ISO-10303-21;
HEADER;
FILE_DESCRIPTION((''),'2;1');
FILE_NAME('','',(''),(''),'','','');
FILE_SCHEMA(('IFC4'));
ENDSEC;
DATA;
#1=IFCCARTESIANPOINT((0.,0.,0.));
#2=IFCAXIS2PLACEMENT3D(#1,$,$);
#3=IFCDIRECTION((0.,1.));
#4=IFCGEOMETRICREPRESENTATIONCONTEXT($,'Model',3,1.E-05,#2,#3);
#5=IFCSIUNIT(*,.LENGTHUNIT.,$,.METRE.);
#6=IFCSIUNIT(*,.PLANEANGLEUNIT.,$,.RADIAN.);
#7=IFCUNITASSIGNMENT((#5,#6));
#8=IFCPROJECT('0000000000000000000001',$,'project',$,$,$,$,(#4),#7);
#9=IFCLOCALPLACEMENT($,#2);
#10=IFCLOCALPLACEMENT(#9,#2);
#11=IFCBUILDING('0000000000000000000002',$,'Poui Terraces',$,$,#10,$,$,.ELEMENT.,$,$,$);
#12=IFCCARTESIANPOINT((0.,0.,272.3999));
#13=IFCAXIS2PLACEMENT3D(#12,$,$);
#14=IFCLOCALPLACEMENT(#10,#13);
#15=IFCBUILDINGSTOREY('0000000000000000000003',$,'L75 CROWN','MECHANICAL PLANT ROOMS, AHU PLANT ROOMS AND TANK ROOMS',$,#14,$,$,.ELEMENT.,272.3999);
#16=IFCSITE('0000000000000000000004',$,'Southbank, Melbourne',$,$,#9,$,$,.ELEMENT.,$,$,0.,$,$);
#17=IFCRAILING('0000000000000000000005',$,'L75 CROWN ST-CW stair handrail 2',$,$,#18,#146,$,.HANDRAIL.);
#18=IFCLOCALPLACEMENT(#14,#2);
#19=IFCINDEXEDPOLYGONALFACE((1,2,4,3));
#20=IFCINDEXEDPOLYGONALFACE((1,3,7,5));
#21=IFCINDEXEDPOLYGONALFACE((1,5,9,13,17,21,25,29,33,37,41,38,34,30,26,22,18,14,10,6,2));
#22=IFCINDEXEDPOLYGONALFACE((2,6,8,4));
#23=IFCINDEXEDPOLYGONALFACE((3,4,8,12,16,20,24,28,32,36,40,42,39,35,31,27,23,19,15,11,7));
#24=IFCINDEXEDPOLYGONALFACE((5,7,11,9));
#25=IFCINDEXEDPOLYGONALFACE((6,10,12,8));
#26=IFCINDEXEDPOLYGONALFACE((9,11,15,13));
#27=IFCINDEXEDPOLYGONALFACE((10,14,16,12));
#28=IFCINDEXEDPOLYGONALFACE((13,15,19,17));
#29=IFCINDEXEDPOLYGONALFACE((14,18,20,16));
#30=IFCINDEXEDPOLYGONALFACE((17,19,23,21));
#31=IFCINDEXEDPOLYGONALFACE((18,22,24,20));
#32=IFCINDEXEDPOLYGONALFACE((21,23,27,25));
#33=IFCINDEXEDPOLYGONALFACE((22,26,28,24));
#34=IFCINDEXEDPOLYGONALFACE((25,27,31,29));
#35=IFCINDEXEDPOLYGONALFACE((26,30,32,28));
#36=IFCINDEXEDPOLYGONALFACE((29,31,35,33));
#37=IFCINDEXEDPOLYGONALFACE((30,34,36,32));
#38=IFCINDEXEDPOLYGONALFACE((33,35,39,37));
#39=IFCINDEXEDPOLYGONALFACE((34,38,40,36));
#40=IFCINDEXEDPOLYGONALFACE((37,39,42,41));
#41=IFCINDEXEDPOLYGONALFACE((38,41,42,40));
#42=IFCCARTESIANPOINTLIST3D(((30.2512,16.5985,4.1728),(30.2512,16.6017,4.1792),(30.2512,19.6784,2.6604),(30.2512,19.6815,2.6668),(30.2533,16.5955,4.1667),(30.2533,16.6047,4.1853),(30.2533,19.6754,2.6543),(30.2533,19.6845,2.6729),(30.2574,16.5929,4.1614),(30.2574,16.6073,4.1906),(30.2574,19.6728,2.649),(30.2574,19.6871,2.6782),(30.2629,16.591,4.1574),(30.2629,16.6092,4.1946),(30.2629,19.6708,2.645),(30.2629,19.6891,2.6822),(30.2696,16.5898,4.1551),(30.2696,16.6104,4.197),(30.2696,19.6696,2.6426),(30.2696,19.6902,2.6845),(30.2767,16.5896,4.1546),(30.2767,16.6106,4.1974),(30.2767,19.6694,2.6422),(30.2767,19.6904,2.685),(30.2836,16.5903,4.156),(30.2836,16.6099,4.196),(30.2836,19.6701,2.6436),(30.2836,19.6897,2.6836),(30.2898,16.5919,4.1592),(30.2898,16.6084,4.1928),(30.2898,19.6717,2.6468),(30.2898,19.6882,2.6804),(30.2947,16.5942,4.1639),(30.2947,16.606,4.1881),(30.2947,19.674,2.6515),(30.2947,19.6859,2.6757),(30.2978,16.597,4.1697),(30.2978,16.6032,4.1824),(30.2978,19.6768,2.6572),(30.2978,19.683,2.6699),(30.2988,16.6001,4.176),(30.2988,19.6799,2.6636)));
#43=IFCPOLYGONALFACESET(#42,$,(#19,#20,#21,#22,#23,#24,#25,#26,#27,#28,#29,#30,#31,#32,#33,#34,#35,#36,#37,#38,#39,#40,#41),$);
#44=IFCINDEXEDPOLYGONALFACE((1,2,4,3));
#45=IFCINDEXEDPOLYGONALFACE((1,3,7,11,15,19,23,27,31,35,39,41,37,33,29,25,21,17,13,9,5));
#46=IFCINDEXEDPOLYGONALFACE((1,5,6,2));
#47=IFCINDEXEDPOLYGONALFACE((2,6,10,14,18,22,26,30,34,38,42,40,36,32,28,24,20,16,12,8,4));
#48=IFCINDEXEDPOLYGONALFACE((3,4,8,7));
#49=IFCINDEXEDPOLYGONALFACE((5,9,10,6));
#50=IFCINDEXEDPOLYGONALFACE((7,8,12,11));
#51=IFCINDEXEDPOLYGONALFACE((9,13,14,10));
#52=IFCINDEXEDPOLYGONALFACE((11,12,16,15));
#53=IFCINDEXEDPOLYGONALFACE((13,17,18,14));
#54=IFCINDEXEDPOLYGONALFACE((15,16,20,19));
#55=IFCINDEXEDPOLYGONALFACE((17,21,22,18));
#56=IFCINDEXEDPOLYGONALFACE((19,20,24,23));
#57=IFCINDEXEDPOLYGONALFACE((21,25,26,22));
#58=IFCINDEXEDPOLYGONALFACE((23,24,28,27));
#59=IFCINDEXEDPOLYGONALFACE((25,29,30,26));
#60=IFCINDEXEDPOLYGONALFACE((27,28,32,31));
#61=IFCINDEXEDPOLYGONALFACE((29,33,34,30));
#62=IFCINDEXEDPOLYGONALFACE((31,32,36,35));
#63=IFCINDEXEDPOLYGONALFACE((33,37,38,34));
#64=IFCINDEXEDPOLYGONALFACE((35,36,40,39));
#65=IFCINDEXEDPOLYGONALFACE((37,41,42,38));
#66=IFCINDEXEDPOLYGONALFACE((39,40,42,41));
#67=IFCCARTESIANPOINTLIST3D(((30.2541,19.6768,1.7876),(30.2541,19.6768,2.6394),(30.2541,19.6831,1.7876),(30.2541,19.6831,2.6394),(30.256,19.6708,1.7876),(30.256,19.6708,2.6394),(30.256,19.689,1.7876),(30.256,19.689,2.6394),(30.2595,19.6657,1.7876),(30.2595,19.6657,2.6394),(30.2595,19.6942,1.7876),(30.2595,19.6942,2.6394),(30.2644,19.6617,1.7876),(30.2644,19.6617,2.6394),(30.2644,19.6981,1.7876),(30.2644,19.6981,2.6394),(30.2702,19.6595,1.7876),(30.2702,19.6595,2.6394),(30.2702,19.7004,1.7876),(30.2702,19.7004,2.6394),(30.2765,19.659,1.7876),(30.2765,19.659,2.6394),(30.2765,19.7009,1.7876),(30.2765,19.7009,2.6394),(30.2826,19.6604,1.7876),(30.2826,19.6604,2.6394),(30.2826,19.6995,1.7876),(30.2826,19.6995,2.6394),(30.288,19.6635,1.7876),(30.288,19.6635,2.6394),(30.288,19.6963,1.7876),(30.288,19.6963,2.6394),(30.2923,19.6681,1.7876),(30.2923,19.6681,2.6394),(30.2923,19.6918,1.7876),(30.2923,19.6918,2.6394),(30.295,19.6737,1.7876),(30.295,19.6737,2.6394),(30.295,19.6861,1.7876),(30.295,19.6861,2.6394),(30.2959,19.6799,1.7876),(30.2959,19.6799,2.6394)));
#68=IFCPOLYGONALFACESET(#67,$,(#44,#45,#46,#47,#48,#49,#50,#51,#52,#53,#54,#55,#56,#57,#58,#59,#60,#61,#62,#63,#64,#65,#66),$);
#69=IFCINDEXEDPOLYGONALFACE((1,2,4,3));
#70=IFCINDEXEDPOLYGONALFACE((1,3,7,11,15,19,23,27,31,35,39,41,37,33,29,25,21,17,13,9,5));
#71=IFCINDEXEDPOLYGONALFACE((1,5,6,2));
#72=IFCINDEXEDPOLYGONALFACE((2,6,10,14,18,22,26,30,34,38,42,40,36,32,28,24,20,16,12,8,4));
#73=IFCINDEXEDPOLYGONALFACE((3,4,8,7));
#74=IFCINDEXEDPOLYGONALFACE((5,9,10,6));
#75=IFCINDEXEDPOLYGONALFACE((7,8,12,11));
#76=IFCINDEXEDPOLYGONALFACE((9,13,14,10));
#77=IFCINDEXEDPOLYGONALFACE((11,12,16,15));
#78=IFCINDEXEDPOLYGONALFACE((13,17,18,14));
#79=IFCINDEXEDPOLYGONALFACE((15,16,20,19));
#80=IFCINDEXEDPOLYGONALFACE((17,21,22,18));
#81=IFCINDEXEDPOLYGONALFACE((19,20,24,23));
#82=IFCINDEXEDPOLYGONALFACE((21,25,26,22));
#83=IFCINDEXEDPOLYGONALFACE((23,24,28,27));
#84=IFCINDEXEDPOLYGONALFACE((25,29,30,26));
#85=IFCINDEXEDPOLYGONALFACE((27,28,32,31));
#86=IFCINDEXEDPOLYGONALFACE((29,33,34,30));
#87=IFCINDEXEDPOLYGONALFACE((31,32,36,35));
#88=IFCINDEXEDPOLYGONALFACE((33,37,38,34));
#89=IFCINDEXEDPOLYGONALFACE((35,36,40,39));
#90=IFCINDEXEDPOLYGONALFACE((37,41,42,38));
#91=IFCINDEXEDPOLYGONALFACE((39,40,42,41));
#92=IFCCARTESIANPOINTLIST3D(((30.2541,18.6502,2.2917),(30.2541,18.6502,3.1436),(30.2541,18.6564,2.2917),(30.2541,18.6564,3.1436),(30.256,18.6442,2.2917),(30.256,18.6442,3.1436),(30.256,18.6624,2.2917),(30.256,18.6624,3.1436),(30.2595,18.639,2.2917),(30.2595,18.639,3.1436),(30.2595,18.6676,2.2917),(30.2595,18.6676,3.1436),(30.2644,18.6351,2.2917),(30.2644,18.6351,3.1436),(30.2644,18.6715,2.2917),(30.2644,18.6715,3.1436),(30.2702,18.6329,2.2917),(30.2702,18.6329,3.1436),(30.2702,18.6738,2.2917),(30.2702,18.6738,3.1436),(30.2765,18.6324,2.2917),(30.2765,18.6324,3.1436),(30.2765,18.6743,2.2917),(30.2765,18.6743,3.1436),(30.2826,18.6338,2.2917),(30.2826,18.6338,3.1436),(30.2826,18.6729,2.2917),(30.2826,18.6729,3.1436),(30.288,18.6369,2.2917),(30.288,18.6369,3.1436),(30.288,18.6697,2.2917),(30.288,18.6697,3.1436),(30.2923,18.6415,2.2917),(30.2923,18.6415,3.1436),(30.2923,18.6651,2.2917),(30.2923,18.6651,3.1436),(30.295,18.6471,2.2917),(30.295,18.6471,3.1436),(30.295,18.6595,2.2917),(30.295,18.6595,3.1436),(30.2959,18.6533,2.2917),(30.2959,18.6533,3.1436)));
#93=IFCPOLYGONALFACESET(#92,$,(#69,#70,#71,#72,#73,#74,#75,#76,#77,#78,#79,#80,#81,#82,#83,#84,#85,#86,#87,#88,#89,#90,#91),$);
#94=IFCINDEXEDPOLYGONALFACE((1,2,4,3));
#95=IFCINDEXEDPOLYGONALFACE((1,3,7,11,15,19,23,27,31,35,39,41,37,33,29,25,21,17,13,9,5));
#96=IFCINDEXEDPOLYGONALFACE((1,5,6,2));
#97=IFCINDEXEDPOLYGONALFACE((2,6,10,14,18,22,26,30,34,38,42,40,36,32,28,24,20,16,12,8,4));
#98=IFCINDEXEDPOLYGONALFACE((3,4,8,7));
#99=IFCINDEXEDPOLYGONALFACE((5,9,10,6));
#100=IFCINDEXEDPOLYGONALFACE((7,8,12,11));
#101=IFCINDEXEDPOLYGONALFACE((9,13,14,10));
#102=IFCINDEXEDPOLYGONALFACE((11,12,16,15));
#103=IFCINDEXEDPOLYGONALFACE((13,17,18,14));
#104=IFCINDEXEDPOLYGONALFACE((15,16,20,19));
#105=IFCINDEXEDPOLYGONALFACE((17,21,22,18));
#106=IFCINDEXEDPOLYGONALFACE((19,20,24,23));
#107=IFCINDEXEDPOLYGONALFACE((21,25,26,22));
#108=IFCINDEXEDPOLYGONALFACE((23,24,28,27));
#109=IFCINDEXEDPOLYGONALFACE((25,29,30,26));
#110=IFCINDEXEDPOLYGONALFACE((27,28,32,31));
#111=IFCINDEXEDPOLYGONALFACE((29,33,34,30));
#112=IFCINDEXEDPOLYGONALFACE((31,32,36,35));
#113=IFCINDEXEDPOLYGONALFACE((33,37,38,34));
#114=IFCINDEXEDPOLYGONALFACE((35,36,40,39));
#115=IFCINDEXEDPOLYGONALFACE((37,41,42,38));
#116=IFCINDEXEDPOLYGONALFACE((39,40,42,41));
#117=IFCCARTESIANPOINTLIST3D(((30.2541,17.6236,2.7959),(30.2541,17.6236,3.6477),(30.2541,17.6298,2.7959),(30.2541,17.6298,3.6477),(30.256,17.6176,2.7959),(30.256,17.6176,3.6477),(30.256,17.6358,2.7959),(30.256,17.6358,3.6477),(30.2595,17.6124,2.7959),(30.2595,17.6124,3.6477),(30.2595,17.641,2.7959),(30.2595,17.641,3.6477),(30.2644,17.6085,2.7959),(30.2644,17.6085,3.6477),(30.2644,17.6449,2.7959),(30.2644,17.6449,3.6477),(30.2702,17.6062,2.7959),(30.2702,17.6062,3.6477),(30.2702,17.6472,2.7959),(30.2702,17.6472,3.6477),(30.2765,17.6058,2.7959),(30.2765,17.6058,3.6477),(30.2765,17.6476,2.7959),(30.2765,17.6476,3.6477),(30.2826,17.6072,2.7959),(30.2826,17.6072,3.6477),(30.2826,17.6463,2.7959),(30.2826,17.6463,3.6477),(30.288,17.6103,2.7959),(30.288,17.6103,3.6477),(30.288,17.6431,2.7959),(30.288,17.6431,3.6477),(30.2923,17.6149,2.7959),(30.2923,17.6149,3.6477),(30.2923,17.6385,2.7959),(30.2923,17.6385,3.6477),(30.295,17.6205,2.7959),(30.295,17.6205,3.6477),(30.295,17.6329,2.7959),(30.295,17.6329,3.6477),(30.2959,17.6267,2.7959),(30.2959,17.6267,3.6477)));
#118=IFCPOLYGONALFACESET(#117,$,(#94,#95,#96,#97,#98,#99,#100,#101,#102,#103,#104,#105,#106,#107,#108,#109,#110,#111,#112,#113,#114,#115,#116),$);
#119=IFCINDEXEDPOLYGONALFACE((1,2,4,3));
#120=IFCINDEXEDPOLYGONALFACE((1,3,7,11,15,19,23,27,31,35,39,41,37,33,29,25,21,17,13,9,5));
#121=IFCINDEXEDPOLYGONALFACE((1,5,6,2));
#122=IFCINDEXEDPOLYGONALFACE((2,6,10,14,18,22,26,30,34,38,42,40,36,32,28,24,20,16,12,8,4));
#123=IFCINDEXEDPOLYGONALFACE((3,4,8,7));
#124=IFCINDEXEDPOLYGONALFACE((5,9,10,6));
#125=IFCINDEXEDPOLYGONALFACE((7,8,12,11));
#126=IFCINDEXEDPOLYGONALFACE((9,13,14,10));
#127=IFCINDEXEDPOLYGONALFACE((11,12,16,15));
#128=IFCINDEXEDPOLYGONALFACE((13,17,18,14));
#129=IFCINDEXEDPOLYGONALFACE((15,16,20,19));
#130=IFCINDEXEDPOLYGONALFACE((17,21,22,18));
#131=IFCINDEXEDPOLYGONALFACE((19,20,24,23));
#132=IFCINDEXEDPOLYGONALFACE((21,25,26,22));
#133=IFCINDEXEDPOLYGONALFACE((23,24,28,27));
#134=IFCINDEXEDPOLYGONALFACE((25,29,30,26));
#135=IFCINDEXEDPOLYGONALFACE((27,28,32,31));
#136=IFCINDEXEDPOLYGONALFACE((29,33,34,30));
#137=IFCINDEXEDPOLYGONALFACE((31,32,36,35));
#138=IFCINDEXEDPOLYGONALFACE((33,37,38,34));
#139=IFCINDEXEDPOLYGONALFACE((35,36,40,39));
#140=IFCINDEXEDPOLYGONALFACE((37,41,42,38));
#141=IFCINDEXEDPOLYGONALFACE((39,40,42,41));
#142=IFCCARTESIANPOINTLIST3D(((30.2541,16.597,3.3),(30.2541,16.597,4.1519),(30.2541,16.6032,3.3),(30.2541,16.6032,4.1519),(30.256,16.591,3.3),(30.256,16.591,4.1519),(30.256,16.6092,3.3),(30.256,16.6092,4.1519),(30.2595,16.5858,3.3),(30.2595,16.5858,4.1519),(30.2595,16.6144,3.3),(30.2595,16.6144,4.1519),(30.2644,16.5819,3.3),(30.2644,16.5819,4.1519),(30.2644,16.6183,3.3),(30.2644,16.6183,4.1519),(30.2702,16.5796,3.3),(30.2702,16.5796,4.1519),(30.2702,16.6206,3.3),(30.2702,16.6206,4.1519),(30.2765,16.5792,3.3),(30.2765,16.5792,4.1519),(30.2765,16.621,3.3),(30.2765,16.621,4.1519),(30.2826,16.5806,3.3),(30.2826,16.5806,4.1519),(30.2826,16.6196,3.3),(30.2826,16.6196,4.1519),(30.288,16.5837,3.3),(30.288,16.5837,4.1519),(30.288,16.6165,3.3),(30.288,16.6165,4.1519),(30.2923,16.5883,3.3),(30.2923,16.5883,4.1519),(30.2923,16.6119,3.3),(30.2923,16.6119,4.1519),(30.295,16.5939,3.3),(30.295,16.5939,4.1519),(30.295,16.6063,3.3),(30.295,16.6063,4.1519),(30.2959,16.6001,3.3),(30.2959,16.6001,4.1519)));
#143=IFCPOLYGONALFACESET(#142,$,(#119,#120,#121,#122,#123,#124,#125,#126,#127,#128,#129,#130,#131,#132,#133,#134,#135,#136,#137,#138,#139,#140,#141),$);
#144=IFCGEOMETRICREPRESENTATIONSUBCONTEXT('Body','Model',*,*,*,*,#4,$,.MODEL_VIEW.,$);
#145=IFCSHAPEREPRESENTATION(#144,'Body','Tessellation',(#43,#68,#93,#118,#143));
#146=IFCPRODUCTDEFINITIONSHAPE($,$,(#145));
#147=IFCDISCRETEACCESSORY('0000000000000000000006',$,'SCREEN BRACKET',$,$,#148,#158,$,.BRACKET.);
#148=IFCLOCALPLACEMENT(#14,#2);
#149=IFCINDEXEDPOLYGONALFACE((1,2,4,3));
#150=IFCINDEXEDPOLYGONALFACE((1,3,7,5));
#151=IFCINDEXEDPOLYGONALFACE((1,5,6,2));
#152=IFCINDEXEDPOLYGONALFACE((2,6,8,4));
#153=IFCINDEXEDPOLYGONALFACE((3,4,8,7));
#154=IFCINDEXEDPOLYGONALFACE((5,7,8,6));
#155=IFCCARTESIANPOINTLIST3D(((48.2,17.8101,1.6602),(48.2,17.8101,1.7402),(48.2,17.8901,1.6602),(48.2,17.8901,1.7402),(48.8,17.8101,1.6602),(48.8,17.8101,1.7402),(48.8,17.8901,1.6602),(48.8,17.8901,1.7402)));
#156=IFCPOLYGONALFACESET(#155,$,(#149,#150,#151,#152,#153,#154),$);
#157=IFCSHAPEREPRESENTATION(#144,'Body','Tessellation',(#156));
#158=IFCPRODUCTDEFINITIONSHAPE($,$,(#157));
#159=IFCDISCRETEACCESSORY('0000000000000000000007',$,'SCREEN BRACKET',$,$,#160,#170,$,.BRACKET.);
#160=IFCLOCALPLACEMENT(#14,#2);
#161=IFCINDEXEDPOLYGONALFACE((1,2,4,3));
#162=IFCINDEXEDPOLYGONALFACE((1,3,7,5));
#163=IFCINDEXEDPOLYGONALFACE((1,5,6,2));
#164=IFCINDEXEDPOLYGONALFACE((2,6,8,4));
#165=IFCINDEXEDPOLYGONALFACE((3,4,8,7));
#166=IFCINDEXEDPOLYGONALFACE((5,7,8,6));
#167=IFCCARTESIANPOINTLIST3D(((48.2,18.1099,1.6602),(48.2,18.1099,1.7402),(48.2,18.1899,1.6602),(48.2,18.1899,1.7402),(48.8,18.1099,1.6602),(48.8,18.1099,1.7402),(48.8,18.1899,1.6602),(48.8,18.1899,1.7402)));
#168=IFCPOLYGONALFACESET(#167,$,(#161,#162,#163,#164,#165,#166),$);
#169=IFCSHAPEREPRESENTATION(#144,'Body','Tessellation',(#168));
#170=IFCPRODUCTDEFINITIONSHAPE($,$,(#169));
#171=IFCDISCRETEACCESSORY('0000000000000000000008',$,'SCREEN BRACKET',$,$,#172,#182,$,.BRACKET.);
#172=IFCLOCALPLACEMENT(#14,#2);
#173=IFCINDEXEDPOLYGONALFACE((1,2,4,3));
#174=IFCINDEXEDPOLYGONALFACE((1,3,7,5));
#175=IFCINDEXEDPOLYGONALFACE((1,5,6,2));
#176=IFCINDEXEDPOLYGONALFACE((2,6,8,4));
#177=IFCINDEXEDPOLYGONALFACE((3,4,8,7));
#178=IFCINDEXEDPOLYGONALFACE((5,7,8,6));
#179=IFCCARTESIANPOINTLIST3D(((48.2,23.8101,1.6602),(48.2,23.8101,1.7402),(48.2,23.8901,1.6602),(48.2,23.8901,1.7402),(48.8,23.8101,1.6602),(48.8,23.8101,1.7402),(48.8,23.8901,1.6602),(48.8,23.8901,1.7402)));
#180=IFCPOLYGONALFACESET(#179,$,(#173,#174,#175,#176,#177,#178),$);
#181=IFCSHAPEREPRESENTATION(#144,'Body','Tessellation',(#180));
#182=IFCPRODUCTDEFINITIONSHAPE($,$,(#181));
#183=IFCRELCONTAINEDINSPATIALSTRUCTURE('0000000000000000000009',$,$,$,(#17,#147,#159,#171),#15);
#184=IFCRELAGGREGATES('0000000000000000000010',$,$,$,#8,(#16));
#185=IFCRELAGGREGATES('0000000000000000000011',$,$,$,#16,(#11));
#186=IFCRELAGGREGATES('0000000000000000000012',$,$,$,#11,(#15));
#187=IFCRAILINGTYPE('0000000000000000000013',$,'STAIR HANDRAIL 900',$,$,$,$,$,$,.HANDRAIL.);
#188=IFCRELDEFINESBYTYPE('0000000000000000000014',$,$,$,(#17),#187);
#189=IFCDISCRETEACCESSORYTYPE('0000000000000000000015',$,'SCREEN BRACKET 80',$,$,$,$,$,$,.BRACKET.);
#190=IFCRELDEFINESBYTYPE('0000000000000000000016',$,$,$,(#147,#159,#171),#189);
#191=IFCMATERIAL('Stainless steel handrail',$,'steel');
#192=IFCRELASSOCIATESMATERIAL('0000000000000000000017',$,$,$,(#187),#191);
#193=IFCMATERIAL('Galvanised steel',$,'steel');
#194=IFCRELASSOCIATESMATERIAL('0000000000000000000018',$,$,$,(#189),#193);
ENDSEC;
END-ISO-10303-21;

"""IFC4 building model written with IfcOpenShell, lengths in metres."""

from ifc_helpers import new_model, si_unit, direction, frame, origin, origin_2d, place, context, subcontext, project, spatial, rectangle, circle, extrude, source, transform, mapped, material, material_profile, profile_set, type_object, element, save


model = new_model("IFC4")

# Units and contexts
model_context = context("Model", 3, precision=1e-05, world=origin(), true_north=direction((0.0, 1.0)))
body_context = subcontext(model_context, "Body", "Model", "MODEL_VIEW")
ifc_project = project(units=[si_unit("LENGTHUNIT", "METRE"), si_unit("PLANEANGLEUNIT", "RADIAN")], contexts=[model_context])

# Site, building, storey
site_placement = place(None, origin())
site = spatial("IfcSite", under=ifc_project, at=site_placement, Name="Southbank, Melbourne", CompositionType="ELEMENT", RefElevation=0.0)
building_placement = place(site_placement, origin())
building = spatial("IfcBuilding", under=site, at=building_placement, Name="Poui Terraces", CompositionType="ELEMENT")
storey_placement = place(building_placement, frame((0.0, 0.0, 272.3999)))
storey = spatial("IfcBuildingStorey", under=building, at=storey_placement, Name="L75 CROWN", Description="MECHANICAL PLANT ROOMS, AHU PLANT ROOMS AND TANK ROOMS", CompositionType="ELEMENT", Elevation=272.3999)

# Railing
ifc_material_1 = material(Name="Stainless steel handrail", Category="steel")
railing_type_1 = type_object("IfcRailingType", Name="STAIR HANDRAIL 900", PredefinedType="HANDRAIL", material=ifc_material_1)
railing_1_placement = place(storey_placement, frame((30.2749, 19.6799, 1.7876)))
element("IfcRailing", 1, at=railing_1_placement, inside=storey, type_object=railing_type_1, Name="L75 CROWN ST-CW stair handrail 2", PredefinedType="HANDRAIL", context=body_context, shape_type="SweptSolid", body=[
    extrude(circle(Radius=0.0239, at=origin_2d()), frame((0.0, 0.0, 0.876), z_axis=(0.0, -0.897606, 0.440798), x_axis=(1.0, 0.0, 0.0)), (0.0, 0.0, 1.0), 3.4312),
    extrude(circle(Radius=0.021, at=origin_2d()), origin(), (0.0, 0.0, 1.0), 0.8518),
    extrude(circle(Radius=0.021, at=origin_2d()), frame((0.0, -1.0266, 0.5042)), (0.0, 0.0, 1.0), 0.8518),
    extrude(circle(Radius=0.021, at=origin_2d()), frame((0.0, -2.0532, 1.0083)), (0.0, 0.0, 1.0), 0.8518),
    extrude(circle(Radius=0.021, at=origin_2d()), frame((0.0, -3.0798, 1.5125)), (0.0, 0.0, 1.0), 0.8518),
])

# Discrete accessories
ifc_material_2 = material(Name="Galvanised steel", Category="steel")
ifc_material_profile = material_profile(ifc_material_2, rectangle(XDim=0.0801, YDim=0.0801, at=origin_2d()), Name="SCREEN BRACKET 80")
ifc_profile_set = profile_set([ifc_material_profile], Name="Galvanised steel")
discrete_accessory_type = type_object("IfcDiscreteAccessoryType", Name="SCREEN BRACKET 80", PredefinedType="BRACKET", material=ifc_profile_set)
shared_shape = source(origin(), body_context, "Body", "SweptSolid", [
    extrude(rectangle(XDim=0.0801, YDim=0.0801, at=origin_2d()), origin(), (0.0, 0.0, 1.0), 0.6001),
])
for number, where, z_axis, x_axis, name in (
    (2, (48.2, 17.8501, 1.7002), (1.0, 0.0, 0.0), (0.0, 1.0, 0.0), "SCREEN BRACKET"),
    (3, (48.2, 18.1499, 1.7002), (1.0, 0.0, 0.0), (0.0, 1.0, 0.0), "SCREEN BRACKET"),
    (4, (48.2, 23.8501, 1.7002), (1.0, 0.0, 0.0), (0.0, 1.0, 0.0), "SCREEN BRACKET"),
):
    element("IfcDiscreteAccessory", number, at=place(storey_placement, frame(where, z_axis=z_axis, x_axis=x_axis)), inside=storey, type_object=discrete_accessory_type, Name=name, PredefinedType="BRACKET", context=body_context, shape_type="MappedRepresentation", body=[
        mapped(shared_shape, transform((0.0, 0.0, 0.0))),
    ])

save(model, "model.ifc")
